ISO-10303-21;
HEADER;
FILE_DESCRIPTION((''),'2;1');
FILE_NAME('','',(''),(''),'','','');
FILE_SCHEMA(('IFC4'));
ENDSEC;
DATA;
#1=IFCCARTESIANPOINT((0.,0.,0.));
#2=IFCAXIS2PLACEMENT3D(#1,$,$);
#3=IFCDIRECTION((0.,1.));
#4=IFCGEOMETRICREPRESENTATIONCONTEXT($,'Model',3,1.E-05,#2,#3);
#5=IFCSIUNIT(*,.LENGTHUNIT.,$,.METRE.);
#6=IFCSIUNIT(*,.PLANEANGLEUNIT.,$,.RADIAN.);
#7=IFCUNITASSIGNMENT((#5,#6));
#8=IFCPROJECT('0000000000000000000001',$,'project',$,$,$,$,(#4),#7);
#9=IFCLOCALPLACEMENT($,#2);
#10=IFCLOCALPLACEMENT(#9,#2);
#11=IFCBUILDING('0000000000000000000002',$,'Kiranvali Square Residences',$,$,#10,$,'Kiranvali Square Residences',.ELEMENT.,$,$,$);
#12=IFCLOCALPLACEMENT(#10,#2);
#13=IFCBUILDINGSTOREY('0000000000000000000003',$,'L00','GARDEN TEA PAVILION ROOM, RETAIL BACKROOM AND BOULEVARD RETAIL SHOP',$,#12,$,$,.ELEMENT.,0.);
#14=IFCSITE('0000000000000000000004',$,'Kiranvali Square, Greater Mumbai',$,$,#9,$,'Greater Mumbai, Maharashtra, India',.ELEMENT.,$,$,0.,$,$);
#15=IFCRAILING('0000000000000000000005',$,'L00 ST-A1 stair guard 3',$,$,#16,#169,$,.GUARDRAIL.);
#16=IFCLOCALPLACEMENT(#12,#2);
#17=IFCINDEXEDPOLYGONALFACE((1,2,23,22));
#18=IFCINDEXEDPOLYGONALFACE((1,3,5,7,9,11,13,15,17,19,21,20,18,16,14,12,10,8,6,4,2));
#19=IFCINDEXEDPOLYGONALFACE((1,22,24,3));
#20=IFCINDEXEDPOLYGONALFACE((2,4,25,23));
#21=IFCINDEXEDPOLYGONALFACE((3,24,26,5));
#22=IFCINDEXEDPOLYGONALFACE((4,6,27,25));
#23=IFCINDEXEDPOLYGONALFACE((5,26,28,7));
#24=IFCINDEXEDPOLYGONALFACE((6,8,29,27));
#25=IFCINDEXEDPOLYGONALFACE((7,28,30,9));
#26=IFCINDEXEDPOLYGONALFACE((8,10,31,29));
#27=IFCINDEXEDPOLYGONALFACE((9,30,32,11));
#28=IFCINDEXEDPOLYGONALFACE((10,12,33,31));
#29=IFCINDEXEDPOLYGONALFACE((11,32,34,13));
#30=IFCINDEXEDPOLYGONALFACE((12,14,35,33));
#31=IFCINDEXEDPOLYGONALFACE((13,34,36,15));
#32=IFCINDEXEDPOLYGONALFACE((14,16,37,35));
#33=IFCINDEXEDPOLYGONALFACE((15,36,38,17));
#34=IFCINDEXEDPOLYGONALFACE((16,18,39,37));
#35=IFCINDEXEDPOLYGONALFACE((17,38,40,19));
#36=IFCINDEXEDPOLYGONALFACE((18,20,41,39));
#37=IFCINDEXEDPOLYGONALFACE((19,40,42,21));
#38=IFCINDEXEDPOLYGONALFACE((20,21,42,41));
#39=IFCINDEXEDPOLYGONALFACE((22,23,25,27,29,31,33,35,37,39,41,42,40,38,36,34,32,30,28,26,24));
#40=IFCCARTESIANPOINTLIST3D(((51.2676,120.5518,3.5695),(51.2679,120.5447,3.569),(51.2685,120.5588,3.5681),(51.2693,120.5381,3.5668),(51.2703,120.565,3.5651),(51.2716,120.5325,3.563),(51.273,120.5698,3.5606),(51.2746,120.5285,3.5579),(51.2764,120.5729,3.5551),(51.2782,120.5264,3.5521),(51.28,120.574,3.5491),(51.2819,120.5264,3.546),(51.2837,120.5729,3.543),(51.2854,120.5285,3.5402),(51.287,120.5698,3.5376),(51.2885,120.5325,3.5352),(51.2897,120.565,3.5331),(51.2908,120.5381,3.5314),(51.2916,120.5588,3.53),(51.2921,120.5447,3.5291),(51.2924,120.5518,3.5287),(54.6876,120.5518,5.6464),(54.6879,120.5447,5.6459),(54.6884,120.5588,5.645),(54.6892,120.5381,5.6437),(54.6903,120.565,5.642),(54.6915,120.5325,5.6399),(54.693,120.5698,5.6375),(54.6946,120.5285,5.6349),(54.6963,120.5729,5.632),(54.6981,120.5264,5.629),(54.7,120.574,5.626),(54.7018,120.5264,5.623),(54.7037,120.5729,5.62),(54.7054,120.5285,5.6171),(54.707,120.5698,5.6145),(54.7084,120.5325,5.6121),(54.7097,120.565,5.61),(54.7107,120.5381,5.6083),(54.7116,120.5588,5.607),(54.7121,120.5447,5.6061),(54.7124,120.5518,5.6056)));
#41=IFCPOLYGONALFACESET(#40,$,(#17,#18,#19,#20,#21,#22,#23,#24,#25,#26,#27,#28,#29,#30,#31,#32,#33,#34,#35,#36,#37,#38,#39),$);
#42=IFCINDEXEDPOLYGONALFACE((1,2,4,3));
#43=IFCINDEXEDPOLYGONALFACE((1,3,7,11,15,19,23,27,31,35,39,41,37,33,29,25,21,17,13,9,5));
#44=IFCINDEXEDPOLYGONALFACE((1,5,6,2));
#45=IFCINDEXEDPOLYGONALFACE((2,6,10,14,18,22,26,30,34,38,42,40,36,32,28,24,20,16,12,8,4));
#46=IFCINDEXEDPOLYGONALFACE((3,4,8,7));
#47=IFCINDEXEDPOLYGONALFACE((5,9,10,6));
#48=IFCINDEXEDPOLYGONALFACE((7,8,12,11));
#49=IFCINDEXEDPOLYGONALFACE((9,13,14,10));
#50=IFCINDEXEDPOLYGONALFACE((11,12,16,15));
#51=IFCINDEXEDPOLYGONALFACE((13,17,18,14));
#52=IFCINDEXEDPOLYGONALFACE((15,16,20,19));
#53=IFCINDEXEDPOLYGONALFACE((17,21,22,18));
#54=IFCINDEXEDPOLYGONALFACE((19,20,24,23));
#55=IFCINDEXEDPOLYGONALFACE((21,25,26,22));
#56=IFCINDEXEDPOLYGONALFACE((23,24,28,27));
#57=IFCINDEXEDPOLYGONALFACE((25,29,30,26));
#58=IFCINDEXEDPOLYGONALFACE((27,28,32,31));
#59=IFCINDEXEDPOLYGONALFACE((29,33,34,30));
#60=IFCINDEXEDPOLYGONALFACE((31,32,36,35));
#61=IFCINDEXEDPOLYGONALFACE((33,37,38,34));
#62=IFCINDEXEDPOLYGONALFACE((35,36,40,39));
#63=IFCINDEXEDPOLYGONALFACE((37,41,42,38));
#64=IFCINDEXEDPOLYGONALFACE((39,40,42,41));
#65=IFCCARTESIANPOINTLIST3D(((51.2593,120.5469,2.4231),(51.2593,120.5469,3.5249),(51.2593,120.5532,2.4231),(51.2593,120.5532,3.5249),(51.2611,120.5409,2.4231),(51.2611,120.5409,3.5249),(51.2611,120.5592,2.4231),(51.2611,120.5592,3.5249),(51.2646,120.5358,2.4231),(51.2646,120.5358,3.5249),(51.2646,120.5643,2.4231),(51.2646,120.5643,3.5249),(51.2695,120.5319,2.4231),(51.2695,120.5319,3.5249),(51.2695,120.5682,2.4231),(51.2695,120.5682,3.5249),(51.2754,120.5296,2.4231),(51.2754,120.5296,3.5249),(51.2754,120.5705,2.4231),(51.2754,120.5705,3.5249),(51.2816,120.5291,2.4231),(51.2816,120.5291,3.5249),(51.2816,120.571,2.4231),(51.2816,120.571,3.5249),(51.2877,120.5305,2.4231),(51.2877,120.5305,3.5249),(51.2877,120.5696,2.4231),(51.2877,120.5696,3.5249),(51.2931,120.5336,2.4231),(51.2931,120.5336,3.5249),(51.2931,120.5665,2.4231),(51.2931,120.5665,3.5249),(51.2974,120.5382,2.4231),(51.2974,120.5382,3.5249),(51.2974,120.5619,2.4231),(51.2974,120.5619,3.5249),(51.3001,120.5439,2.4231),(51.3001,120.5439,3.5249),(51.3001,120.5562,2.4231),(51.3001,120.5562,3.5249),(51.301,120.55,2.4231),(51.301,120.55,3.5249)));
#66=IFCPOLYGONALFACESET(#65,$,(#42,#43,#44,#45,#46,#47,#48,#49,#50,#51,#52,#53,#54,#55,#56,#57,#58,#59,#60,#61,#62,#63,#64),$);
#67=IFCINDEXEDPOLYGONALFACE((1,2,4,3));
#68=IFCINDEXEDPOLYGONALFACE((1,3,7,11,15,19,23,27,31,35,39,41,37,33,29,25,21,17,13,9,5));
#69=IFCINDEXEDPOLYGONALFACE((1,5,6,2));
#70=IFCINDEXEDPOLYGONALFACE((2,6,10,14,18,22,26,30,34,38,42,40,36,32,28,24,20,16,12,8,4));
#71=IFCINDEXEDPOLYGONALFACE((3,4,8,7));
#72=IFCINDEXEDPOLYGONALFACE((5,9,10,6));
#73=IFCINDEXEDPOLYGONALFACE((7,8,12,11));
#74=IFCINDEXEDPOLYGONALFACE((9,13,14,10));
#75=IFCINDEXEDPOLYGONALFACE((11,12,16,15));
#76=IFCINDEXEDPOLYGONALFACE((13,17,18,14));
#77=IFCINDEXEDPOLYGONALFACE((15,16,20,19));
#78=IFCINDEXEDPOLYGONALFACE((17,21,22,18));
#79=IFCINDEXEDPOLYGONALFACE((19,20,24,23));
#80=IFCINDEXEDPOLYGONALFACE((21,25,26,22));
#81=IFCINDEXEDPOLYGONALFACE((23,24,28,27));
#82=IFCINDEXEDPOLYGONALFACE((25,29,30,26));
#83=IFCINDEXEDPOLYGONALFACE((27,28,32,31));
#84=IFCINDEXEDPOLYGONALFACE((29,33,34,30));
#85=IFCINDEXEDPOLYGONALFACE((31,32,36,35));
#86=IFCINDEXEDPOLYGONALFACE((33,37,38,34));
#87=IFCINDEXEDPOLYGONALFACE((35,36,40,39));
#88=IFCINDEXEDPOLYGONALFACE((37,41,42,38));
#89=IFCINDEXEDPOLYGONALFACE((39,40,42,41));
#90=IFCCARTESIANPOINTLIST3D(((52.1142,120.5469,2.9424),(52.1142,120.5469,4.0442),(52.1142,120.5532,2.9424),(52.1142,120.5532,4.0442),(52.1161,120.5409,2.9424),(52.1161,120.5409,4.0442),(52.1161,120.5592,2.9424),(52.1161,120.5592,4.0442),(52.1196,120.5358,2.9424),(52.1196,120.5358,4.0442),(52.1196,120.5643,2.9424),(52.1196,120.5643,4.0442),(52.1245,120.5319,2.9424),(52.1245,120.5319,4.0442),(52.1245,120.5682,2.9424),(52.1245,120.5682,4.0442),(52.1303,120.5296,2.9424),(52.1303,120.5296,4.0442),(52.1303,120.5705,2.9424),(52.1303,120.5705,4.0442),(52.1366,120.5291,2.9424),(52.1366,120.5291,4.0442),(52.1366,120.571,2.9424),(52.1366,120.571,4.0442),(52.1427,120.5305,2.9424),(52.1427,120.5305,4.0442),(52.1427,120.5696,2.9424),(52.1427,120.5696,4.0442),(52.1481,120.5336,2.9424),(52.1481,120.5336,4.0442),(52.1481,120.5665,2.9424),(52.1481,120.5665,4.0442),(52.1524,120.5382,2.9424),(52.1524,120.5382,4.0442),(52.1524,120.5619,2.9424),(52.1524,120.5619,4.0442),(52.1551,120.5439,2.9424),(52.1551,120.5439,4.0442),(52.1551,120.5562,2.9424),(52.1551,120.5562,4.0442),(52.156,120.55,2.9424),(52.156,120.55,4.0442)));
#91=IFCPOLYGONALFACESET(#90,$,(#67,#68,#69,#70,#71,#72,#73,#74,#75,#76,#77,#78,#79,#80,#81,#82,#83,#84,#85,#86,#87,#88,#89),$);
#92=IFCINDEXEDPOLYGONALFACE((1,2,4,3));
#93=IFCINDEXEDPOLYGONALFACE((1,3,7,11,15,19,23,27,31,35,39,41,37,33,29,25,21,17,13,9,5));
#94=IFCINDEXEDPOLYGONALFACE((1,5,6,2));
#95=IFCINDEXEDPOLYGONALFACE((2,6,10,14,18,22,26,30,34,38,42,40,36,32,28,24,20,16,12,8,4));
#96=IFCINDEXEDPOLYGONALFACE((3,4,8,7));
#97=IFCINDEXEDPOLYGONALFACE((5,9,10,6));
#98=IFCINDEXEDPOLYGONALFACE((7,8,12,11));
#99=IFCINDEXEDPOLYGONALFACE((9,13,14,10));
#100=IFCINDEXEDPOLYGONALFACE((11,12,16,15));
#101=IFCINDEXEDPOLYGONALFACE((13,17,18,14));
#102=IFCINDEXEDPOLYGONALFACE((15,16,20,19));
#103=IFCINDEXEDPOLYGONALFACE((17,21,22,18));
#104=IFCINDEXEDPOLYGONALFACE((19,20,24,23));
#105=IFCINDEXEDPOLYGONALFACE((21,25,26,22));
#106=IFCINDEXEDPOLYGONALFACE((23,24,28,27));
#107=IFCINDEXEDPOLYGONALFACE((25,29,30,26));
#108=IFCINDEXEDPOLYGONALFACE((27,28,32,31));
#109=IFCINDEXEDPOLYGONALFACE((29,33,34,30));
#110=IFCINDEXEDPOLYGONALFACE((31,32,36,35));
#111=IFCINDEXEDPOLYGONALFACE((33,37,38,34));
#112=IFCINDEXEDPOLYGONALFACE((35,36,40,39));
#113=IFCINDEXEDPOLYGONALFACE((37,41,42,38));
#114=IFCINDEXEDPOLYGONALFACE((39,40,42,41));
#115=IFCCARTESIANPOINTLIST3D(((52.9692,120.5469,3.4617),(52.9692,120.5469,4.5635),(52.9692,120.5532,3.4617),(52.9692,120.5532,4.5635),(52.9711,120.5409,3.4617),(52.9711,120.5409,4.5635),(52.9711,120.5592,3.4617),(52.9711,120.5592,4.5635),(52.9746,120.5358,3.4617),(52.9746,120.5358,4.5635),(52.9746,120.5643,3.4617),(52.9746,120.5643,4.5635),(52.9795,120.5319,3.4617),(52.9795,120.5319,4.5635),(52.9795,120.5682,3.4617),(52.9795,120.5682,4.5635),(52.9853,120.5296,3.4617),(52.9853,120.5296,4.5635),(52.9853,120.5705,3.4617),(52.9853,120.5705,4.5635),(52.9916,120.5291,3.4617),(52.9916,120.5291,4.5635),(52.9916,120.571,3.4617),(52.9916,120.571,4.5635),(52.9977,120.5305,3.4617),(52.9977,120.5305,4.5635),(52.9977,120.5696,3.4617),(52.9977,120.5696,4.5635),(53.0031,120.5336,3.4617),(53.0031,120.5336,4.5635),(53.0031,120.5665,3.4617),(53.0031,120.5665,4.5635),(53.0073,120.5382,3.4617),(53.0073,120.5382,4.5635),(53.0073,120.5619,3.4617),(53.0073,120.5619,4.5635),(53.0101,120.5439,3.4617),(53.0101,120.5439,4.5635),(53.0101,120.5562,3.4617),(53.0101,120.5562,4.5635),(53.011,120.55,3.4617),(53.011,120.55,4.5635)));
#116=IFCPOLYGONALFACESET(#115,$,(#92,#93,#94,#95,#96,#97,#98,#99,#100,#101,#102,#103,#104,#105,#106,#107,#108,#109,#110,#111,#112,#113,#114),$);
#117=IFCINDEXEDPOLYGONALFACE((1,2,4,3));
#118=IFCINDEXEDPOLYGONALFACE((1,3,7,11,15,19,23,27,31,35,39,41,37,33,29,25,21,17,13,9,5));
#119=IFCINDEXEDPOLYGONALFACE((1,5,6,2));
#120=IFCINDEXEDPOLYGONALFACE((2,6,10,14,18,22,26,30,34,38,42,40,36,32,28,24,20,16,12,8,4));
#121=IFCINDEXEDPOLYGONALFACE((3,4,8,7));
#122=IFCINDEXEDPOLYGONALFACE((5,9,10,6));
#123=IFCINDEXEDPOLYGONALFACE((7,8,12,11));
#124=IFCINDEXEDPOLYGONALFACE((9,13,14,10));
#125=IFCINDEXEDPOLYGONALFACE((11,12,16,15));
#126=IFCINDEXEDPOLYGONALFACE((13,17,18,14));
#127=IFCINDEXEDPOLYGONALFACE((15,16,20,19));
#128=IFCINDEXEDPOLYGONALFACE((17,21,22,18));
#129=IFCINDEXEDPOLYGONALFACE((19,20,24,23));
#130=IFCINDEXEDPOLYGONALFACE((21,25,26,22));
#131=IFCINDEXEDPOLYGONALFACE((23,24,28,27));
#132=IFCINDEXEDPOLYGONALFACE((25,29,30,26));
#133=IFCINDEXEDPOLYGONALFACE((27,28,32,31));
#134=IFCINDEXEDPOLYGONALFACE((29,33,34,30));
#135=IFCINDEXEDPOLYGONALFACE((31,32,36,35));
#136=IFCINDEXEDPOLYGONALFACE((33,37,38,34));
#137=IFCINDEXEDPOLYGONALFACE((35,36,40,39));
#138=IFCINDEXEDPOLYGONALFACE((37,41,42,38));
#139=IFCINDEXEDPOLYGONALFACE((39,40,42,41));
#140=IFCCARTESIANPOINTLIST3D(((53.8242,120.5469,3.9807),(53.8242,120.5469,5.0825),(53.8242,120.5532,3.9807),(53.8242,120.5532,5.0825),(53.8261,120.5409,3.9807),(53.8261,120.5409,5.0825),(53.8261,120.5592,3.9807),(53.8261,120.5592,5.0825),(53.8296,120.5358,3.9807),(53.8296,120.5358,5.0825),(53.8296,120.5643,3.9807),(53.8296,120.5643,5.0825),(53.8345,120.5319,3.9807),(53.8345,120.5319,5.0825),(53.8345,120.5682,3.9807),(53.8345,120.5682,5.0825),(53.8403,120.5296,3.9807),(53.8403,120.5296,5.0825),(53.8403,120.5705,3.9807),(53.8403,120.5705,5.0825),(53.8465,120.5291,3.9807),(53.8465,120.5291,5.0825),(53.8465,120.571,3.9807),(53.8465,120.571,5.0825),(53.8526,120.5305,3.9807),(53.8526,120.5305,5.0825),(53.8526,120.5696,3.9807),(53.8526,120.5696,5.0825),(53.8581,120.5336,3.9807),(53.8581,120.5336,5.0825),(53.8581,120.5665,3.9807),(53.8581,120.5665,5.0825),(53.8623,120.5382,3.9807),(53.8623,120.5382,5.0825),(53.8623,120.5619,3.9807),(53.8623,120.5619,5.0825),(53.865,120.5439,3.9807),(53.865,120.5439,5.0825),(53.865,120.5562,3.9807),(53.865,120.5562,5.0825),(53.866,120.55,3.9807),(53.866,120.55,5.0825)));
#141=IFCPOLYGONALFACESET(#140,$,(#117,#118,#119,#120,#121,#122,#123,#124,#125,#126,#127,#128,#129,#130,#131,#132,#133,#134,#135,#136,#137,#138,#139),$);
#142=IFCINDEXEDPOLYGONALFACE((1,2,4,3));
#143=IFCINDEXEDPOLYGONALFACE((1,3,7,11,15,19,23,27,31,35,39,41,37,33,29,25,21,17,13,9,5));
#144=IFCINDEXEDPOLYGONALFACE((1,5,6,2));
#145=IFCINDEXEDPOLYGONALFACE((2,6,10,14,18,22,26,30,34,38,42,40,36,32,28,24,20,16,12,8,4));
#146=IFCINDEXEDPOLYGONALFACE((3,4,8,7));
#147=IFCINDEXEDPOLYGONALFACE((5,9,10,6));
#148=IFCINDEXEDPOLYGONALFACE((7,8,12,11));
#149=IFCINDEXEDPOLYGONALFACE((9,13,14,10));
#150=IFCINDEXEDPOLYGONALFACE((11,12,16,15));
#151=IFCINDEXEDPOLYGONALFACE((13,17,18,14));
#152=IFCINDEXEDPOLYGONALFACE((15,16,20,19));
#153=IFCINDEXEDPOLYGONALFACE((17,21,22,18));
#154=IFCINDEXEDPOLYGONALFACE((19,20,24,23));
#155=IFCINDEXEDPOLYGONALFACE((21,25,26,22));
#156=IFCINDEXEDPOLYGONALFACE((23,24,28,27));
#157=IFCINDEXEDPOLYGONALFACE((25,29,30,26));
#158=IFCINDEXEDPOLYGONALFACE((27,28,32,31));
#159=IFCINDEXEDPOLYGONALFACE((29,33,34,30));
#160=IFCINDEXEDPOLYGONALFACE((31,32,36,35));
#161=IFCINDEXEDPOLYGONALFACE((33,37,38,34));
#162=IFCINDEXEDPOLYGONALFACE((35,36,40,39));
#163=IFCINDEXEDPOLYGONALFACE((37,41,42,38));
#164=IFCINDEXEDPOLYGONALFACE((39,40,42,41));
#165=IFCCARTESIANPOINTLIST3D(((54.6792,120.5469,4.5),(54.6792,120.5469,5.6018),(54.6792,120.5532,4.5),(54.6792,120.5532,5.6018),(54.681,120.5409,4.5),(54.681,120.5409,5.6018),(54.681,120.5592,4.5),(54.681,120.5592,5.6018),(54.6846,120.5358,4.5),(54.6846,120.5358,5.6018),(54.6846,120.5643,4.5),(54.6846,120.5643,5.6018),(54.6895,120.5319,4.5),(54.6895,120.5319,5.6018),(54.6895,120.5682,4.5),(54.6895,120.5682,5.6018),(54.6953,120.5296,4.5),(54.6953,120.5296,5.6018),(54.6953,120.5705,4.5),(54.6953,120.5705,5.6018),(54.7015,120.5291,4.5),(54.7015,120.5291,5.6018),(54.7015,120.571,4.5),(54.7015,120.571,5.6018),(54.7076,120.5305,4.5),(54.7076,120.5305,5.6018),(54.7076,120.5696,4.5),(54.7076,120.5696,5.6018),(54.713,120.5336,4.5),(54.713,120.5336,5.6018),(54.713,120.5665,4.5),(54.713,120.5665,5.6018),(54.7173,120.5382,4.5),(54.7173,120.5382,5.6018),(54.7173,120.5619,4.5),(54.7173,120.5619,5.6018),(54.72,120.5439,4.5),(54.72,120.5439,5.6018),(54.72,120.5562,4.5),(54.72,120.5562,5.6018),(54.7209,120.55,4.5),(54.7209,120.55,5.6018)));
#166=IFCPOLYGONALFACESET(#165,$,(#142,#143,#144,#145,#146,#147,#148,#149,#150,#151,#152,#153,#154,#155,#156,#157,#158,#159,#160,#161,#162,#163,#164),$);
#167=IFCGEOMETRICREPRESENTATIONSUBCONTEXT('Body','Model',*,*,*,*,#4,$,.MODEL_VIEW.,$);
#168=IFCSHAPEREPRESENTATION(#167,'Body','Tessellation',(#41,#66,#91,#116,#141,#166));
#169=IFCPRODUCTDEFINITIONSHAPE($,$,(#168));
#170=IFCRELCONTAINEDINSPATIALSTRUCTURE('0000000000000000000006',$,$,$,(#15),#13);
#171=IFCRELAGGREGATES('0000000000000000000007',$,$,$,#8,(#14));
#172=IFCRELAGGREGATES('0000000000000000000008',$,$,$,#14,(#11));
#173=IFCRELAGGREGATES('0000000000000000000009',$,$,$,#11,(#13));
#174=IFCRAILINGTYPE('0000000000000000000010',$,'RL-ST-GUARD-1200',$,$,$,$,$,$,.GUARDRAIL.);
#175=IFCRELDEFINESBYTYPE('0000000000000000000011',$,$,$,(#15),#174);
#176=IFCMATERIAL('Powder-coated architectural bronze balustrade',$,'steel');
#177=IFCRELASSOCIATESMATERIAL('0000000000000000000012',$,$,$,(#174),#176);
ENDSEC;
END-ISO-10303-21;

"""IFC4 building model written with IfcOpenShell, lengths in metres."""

from ifc_helpers import new_model, si_unit, direction, frame, origin, origin_2d, place, context, subcontext, project, spatial, circle, extrude, material, type_object, element, save


model = new_model("IFC4")

# Units and contexts
model_context = context("Model", 3, precision=1e-05, world=origin(), true_north=direction((0.0, 1.0)))
body_context = subcontext(model_context, "Body", "Model", "MODEL_VIEW")
ifc_project = project(units=[si_unit("LENGTHUNIT", "METRE"), si_unit("PLANEANGLEUNIT", "RADIAN")], contexts=[model_context])

# Site, building, storey
site_placement = place(None, origin())
site = spatial("IfcSite", under=ifc_project, at=site_placement, Name="Kiranvali Square, Greater Mumbai", LongName="Greater Mumbai, Maharashtra, India", CompositionType="ELEMENT", RefElevation=0.0)
building_placement = place(site_placement, origin())
building = spatial("IfcBuilding", under=site, at=building_placement, Name="Kiranvali Square Residences", LongName="Kiranvali Square Residences", CompositionType="ELEMENT")
storey_placement = place(building_placement, origin())
storey = spatial("IfcBuildingStorey", under=building, at=storey_placement, Name="L00", Description="GARDEN TEA PAVILION ROOM, RETAIL BACKROOM AND BOULEVARD RETAIL SHOP", CompositionType="ELEMENT", Elevation=0.0)

# Railing
ifc_material_1 = material(Name="Powder-coated architectural bronze balustrade", Category="steel")
railing_type = type_object("IfcRailingType", Name="RL-ST-GUARD-1200", PredefinedType="GUARDRAIL", material=ifc_material_1)
railing_1_placement = place(storey_placement, frame((51.28, 120.55, 2.4231)))
element("IfcRailing", 1, at=railing_1_placement, inside=storey, type_object=railing_type, Name="L00 ST-A1 stair guard 3", PredefinedType="GUARDRAIL", context=body_context, shape_type="SweptSolid", body=[
    extrude(circle(Radius=0.0239, at=origin_2d()), frame((0.0, 0.0, 1.126), z_axis=(0.85473, 0.0, 0.519074), x_axis=(0.0, 1.0, 0.0)), (0.0, 0.0, 1.0), 4.0012),
    extrude(circle(Radius=0.021, at=origin_2d()), origin(), (0.0, 0.0, 1.0), 1.1018),
    extrude(circle(Radius=0.021, at=origin_2d()), frame((0.855, 0.0, 0.5193)), (0.0, 0.0, 1.0), 1.1018),
    extrude(circle(Radius=0.021, at=origin_2d()), frame((1.71, 0.0, 1.0386)), (0.0, 0.0, 1.0), 1.1018),
    extrude(circle(Radius=0.021, at=origin_2d()), frame((2.5649, 0.0, 1.5576)), (0.0, 0.0, 1.0), 1.1018),
    extrude(circle(Radius=0.021, at=origin_2d()), frame((3.4199, 0.0, 2.0769)), (0.0, 0.0, 1.0), 1.1018),
])

save(model, "model.ifc")
